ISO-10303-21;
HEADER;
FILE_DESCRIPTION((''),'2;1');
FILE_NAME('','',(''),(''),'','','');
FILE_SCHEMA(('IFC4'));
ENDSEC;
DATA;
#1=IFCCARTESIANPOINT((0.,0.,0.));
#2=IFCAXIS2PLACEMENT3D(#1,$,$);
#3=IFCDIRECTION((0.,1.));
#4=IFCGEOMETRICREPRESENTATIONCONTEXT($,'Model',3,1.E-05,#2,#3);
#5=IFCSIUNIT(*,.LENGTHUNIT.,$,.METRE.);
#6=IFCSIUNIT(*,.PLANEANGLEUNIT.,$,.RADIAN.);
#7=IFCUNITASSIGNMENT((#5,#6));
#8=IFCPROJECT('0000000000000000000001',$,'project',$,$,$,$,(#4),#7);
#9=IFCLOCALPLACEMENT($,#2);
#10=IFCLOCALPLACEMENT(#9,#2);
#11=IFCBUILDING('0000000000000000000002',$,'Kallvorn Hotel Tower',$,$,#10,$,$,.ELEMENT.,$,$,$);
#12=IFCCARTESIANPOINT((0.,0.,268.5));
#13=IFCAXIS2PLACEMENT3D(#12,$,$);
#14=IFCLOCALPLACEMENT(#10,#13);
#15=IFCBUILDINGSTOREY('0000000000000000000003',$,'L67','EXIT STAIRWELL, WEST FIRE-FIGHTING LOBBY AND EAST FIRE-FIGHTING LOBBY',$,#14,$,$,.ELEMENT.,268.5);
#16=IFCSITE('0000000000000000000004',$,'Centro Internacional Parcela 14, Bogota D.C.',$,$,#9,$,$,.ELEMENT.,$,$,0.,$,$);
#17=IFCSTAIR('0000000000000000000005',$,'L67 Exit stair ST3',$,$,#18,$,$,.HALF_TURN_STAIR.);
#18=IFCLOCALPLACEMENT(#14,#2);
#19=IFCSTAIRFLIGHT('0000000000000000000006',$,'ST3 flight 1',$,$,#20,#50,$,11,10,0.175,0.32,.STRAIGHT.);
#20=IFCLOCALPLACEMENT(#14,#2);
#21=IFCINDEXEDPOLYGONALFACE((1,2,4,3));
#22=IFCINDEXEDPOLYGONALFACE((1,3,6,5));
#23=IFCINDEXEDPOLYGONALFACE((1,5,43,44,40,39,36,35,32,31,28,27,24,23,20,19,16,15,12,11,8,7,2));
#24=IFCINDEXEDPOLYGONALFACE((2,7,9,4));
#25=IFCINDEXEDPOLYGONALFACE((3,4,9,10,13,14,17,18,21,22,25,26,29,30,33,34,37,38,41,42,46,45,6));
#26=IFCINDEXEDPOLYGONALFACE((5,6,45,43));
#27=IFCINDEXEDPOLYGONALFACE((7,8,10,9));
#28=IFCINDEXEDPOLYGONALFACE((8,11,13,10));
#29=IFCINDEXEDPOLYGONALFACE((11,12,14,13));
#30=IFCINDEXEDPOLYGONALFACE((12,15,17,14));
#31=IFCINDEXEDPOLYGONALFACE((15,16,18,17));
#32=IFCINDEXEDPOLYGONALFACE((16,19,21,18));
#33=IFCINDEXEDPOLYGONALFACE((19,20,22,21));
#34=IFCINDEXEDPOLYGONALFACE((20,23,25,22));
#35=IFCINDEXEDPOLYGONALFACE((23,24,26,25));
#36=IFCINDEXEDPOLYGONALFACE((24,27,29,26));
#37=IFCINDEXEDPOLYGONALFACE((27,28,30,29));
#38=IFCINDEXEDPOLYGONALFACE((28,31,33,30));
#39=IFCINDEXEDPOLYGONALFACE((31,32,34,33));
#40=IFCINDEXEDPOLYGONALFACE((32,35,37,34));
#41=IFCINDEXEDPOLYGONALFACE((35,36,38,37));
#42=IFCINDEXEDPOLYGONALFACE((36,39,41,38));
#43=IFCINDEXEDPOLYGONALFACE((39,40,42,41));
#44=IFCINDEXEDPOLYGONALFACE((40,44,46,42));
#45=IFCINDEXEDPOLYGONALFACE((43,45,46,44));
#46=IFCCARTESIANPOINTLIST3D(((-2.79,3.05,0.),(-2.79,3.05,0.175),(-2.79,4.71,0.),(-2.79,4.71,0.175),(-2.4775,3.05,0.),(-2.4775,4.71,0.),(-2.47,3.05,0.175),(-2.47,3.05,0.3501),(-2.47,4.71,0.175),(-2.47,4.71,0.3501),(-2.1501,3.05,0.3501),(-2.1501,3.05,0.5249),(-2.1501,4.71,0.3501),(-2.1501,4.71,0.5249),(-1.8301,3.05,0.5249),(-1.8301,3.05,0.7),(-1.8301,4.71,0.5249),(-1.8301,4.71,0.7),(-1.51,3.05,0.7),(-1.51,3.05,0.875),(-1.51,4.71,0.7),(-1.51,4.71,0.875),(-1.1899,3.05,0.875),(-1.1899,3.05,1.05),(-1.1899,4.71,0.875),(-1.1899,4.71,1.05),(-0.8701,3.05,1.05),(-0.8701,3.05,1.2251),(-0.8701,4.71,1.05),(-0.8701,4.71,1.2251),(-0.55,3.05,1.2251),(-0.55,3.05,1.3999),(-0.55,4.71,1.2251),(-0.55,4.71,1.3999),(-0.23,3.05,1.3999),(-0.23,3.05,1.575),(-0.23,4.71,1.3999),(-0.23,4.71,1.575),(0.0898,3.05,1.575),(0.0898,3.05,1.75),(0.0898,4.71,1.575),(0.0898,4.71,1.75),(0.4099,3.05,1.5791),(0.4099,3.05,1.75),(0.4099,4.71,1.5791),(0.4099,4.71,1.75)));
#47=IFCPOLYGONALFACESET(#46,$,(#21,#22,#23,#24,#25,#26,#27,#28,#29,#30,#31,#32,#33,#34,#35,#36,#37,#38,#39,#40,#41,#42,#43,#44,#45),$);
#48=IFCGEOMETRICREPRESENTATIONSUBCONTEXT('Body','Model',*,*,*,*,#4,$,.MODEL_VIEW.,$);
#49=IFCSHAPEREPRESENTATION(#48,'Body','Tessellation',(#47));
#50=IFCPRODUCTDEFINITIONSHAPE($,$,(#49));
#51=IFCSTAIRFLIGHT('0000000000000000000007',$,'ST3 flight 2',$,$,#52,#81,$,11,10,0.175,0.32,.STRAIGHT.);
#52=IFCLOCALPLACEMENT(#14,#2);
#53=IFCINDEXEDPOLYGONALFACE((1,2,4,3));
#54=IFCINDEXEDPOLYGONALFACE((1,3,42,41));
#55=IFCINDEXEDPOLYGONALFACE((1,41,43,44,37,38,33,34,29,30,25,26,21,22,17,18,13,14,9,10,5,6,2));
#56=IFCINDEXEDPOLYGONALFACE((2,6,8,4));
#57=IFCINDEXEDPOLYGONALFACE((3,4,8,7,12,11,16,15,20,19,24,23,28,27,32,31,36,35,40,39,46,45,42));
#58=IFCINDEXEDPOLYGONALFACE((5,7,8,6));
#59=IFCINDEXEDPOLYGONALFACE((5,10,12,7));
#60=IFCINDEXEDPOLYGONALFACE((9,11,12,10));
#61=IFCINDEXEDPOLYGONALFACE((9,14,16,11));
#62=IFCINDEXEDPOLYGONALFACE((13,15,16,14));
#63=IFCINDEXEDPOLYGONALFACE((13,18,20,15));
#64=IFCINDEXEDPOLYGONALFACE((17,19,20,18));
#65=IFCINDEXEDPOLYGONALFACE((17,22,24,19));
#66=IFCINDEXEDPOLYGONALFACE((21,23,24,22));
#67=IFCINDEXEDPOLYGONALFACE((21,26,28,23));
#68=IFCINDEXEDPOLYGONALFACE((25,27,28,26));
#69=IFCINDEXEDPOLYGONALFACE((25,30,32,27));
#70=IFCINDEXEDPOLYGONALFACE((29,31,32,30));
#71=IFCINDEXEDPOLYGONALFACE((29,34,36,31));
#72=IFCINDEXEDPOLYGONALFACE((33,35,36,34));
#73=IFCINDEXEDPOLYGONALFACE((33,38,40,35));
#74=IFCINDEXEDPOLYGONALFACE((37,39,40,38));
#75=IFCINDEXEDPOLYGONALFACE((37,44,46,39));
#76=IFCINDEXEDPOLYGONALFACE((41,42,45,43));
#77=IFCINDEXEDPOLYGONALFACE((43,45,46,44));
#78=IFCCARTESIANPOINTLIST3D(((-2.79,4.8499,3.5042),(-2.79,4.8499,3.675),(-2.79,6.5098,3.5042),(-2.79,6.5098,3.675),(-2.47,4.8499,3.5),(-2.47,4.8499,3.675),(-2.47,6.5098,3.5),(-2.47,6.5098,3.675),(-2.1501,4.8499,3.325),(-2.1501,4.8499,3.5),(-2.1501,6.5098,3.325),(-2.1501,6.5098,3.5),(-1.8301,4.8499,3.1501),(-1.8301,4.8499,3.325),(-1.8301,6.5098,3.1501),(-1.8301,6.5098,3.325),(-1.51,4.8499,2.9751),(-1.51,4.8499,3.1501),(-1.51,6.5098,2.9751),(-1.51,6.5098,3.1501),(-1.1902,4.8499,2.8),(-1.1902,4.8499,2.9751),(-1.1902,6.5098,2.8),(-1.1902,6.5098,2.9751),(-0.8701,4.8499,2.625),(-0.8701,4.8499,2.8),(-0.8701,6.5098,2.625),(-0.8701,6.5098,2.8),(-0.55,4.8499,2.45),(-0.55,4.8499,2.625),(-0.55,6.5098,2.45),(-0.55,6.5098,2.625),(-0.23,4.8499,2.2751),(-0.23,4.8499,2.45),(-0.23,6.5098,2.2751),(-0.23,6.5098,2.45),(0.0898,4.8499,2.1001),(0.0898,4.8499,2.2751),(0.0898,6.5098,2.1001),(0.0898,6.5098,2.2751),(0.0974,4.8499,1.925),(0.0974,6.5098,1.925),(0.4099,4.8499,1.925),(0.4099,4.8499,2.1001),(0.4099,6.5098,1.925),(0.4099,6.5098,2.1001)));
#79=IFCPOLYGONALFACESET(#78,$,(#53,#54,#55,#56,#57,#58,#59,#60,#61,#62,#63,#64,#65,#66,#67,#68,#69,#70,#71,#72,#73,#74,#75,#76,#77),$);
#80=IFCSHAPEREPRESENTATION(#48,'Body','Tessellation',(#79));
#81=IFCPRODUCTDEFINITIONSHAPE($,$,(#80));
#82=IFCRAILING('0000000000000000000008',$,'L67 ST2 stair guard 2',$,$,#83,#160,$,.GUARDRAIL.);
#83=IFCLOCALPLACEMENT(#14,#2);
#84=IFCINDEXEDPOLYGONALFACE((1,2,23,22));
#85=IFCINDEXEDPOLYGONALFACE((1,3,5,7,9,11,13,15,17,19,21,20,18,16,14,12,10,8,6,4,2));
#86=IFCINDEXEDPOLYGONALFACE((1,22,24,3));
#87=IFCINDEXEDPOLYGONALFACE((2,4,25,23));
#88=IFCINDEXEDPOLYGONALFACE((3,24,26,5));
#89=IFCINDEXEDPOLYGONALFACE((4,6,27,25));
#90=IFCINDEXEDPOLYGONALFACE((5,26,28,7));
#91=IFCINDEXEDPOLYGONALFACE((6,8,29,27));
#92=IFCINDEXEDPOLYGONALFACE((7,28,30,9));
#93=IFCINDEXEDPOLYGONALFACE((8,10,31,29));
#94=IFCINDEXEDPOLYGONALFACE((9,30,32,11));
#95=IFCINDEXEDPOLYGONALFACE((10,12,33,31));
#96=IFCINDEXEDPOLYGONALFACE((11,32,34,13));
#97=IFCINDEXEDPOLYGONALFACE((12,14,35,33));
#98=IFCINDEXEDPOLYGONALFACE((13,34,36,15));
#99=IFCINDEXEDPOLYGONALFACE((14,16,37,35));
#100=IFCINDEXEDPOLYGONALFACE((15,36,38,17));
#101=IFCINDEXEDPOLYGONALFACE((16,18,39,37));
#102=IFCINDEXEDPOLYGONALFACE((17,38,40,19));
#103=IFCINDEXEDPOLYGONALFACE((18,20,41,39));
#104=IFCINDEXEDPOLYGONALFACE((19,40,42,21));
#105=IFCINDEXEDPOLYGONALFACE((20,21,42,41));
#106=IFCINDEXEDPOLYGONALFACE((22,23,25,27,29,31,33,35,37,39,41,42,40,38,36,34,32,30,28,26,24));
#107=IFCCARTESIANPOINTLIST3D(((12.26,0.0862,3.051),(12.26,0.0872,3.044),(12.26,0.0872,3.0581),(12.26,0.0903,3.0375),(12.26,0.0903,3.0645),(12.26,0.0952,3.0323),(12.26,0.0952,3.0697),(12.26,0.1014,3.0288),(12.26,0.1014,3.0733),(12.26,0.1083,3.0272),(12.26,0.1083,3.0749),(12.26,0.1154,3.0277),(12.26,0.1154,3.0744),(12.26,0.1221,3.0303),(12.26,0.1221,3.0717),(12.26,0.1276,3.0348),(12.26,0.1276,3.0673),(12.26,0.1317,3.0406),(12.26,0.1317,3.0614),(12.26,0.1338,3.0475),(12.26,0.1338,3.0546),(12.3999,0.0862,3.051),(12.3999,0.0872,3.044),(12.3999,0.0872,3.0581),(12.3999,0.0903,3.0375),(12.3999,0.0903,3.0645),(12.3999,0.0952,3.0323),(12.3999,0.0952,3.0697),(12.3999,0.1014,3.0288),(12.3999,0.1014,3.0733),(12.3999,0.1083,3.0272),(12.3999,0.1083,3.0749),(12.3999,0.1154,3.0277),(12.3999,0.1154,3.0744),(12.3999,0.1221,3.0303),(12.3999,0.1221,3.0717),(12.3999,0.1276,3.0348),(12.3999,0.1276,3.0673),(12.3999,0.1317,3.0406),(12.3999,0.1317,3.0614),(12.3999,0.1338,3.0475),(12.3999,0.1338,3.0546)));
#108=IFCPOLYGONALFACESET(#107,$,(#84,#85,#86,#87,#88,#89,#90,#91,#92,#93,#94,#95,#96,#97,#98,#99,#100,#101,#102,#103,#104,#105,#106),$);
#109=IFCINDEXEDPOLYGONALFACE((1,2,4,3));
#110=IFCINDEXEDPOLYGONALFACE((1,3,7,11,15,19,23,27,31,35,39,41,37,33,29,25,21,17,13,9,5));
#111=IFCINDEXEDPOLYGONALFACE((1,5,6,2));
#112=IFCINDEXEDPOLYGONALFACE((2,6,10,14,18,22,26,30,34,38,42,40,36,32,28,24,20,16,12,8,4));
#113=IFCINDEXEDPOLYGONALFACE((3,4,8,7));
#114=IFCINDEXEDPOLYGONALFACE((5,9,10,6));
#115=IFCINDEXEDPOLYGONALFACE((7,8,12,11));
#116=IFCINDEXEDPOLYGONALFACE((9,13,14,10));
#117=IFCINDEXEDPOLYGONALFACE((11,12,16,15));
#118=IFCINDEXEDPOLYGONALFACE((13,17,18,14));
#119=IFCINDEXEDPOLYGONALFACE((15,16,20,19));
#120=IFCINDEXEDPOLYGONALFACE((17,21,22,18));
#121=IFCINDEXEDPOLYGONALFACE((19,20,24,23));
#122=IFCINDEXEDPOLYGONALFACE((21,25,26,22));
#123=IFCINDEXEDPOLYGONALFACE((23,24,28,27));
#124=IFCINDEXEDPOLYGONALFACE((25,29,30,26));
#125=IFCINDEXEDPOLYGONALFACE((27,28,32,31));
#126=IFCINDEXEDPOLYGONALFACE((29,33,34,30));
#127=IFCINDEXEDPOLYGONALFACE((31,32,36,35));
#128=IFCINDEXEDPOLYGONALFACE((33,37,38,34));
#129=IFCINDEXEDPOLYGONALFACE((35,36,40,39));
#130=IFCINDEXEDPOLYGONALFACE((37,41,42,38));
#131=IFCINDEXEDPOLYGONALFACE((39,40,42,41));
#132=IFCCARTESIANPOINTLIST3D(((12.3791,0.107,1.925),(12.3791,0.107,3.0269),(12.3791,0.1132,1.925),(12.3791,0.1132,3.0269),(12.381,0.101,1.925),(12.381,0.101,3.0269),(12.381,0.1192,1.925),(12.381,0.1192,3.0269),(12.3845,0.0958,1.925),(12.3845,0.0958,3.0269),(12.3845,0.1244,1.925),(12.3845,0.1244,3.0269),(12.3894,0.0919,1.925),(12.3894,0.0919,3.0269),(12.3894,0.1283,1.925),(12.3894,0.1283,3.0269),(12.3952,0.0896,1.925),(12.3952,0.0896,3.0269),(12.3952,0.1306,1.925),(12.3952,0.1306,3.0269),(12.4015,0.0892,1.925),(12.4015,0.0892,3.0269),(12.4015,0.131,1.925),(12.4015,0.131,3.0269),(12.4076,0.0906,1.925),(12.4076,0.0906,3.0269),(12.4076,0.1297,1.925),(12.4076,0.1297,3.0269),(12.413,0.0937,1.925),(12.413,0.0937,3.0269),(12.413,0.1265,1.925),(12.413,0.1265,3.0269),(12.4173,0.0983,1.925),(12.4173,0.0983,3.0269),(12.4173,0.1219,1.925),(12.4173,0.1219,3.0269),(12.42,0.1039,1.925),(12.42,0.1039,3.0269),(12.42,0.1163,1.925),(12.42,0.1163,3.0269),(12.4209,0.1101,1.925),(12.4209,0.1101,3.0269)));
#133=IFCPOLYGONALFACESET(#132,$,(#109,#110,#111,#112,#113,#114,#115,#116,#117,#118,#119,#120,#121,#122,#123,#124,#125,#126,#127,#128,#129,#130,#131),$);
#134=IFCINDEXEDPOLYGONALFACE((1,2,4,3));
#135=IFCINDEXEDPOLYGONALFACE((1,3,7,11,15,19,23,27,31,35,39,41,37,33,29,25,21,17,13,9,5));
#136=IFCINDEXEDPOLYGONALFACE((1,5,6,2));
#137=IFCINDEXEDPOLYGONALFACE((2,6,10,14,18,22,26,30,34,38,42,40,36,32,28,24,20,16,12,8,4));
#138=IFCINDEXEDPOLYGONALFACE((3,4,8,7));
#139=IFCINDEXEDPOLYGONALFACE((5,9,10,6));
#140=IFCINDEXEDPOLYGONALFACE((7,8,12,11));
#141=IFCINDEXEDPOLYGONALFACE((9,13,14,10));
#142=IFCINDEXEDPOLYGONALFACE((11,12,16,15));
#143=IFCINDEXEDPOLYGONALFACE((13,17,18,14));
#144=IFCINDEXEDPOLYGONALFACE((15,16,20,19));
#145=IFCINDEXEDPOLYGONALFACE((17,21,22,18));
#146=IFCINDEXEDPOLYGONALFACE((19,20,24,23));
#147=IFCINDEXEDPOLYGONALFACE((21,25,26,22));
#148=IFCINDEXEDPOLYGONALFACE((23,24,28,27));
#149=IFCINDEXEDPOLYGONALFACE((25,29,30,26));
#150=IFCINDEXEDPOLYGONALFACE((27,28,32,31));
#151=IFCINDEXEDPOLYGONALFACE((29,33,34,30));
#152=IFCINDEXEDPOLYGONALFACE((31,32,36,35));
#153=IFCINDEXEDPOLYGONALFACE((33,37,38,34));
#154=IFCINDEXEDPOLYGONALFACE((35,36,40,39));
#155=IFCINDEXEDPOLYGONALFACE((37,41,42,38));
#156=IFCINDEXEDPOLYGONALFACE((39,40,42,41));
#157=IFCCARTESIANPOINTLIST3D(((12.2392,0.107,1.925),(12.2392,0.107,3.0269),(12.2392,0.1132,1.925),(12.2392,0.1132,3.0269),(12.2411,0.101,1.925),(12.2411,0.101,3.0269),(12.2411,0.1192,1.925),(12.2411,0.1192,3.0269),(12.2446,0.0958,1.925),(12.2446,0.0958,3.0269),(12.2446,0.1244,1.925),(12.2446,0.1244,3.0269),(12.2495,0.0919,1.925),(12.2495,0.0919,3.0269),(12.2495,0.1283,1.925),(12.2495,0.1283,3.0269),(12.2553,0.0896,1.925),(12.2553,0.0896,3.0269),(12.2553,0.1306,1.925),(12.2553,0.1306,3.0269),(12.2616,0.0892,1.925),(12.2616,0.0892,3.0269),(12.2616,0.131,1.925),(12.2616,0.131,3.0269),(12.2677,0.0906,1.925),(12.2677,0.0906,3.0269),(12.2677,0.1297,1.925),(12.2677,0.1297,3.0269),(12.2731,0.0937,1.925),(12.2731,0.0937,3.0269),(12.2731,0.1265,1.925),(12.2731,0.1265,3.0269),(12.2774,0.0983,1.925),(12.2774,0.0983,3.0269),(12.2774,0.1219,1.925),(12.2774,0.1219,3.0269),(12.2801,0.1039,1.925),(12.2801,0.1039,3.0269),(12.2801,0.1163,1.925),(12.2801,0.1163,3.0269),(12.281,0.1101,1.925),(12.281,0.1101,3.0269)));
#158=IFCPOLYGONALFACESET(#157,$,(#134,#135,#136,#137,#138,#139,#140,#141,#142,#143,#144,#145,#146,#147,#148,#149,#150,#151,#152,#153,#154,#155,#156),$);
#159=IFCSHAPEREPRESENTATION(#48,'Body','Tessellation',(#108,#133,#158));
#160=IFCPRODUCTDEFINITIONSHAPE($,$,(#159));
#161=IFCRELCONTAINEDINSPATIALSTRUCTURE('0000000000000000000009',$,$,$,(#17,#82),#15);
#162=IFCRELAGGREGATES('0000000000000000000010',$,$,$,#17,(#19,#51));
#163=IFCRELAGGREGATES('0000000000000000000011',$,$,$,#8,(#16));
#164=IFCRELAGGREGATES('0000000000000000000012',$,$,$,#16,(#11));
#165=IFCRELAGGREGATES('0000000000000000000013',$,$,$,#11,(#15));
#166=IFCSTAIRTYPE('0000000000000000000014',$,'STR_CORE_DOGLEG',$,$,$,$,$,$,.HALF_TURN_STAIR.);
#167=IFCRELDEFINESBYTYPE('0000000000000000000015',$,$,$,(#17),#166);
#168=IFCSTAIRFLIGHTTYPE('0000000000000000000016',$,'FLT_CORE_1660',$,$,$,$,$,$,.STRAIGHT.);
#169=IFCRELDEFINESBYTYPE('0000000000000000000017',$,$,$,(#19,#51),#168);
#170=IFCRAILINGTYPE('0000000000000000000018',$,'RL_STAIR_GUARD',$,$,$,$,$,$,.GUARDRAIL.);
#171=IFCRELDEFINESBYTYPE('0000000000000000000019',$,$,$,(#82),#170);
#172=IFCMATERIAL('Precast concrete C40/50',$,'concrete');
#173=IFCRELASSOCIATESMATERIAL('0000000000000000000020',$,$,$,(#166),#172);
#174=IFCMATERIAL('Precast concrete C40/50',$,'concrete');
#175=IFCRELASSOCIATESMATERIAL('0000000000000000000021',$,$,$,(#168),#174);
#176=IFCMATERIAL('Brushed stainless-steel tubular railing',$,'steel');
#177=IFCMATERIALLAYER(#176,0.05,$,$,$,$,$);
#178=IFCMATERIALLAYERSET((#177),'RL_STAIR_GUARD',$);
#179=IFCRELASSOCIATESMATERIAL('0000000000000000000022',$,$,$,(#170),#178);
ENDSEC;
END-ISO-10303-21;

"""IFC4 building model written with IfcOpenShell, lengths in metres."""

from ifc_helpers import new_model, si_unit, direction, frame, origin, origin_2d, place, context, subcontext, project, spatial, polyline, circle, outline, extrude, material, layer, layer_set, type_object, element, aggregate, save


model = new_model("IFC4")

# Units and contexts
model_context = context("Model", 3, precision=1e-05, world=origin(), true_north=direction((0.0, 1.0)))
body_context = subcontext(model_context, "Body", "Model", "MODEL_VIEW")
ifc_project = project(units=[si_unit("LENGTHUNIT", "METRE"), si_unit("PLANEANGLEUNIT", "RADIAN")], contexts=[model_context])

# Site, building, storey
site_placement = place(None, origin())
site = spatial("IfcSite", under=ifc_project, at=site_placement, Name="Centro Internacional Parcela 14, Bogota D.C.", CompositionType="ELEMENT", RefElevation=0.0)
building_placement = place(site_placement, origin())
building = spatial("IfcBuilding", under=site, at=building_placement, Name="Kallvorn Hotel Tower", CompositionType="ELEMENT")
storey_placement = place(building_placement, frame((0.0, 0.0, 268.5)))
storey = spatial("IfcBuildingStorey", under=building, at=storey_placement, Name="L67", Description="EXIT STAIRWELL, WEST FIRE-FIGHTING LOBBY AND EAST FIRE-FIGHTING LOBBY", CompositionType="ELEMENT", Elevation=268.5)

# Stair, stair flights
ifc_material_1 = material(Name="Precast concrete C40/50", Category="concrete")
stair_type = type_object("IfcStairType", Name="STR_CORE_DOGLEG", PredefinedType="HALF_TURN_STAIR", material=ifc_material_1)
stair_placement = place(storey_placement, origin())
stair = element("IfcStair", 1, at=stair_placement, inside=storey, type_object=stair_type, Name="L67 Exit stair ST3", PredefinedType="HALF_TURN_STAIR")
ifc_material_2 = material(Name="Precast concrete C40/50", Category="concrete")
stair_flight_type = type_object("IfcStairFlightType", Name="FLT_CORE_1660", PredefinedType="STRAIGHT", material=ifc_material_2)
stair_flight_1_placement = place(storey_placement, frame((-2.79, 3.8799, 0.0), z_axis=(0.0, 0.0, 1.0), x_axis=(1.0, 0.0, 0.0)))
stair_flight_1 = element("IfcStairFlight", 2, at=stair_flight_1_placement, type_object=stair_flight_type, Name="ST3 flight 1", NumberOfRisers=11, NumberOfTreads=10, PredefinedType="STRAIGHT", RiserHeight=0.175, TreadLength=0.32, context=body_context, shape_type="SweptSolid", body=[
    extrude(outline(polyline([(0.0, 0.0), (0.0, 0.175), (0.3201, 0.175), (0.3201, 0.3501), (0.6399, 0.3501), (0.6399, 0.5249), (0.96, 0.5249), (0.96, 0.7), (1.28, 0.7), (1.28, 0.875), (1.6001, 0.875), (1.6001, 1.05), (1.9199, 1.05), (1.9199, 1.2251), (2.24, 1.2251), (2.24, 1.3999), (2.5601, 1.3999), (2.5601, 1.575), (2.8799, 1.575), (2.8799, 1.75), (3.2, 1.75), (3.2, 1.925), (3.2, 1.5791), (0.3125, 0.0), (0.0, 0.0)])), frame((0.0, 0.8301, 0.0), z_axis=(0.0, -1.0, 0.0), x_axis=(1.0, 0.0, 0.0)), (0.0, 0.0, 1.0), 1.6599),
])
stair_flight_2_placement = place(storey_placement, frame((0.4099, 5.6799, 1.925), z_axis=(0.0, 0.0, 1.0), x_axis=(-1.0, 0.0, 0.0)))
stair_flight_2 = element("IfcStairFlight", 3, at=stair_flight_2_placement, type_object=stair_flight_type, Name="ST3 flight 2", NumberOfRisers=11, NumberOfTreads=10, PredefinedType="STRAIGHT", RiserHeight=0.175, TreadLength=0.32, context=body_context, shape_type="SweptSolid", body=[
    extrude(outline(polyline([(0.0, 0.0), (0.0, 0.175), (0.3201, 0.175), (0.3201, 0.3501), (0.6399, 0.3501), (0.6399, 0.5249), (0.96, 0.5249), (0.96, 0.7), (1.28, 0.7), (1.28, 0.875), (1.6001, 0.875), (1.6001, 1.05), (1.9199, 1.05), (1.9199, 1.2251), (2.24, 1.2251), (2.24, 1.3999), (2.5601, 1.3999), (2.5601, 1.575), (2.8799, 1.575), (2.8799, 1.75), (3.2, 1.75), (3.2, 1.925), (3.2, 1.5791), (0.3125, 0.0), (0.0, 0.0)])), frame((0.0, 0.8301, 0.0), z_axis=(0.0, -1.0, 0.0), x_axis=(1.0, 0.0, 0.0)), (0.0, 0.0, 1.0), 1.6599),
])
aggregate(stair, [stair_flight_1, stair_flight_2])

# Railing
ifc_material_3 = material(Name="Brushed stainless-steel tubular railing", Category="steel")
ifc_layer_1 = layer(ifc_material_3, 0.05)
ifc_layer_set_1 = layer_set([ifc_layer_1], Name="RL_STAIR_GUARD")
railing_type_1 = type_object("IfcRailingType", Name="RL_STAIR_GUARD", PredefinedType="GUARDRAIL", material=ifc_layer_set_1)
railing_1_placement = place(storey_placement, frame((12.3999, 0.1101, 1.925)))
element("IfcRailing", 4, at=railing_1_placement, inside=storey, type_object=railing_type_1, Name="L67 ST2 stair guard 2", PredefinedType="GUARDRAIL", context=body_context, shape_type="SweptSolid", body=[
    extrude(circle(Radius=0.0239, at=origin_2d()), frame((0.0, 0.0, 1.126), z_axis=(-1.0, 0.0, 0.0), x_axis=(0.0, -1.0, 0.0)), (0.0, 0.0, 1.0), 0.1399),
    extrude(circle(Radius=0.021, at=origin_2d()), origin(), (0.0, 0.0, 1.0), 1.1018),
    extrude(circle(Radius=0.021, at=origin_2d()), frame((-0.1399, 0.0, 0.0)), (0.0, 0.0, 1.0), 1.1018),
])

save(model, "model.ifc")
